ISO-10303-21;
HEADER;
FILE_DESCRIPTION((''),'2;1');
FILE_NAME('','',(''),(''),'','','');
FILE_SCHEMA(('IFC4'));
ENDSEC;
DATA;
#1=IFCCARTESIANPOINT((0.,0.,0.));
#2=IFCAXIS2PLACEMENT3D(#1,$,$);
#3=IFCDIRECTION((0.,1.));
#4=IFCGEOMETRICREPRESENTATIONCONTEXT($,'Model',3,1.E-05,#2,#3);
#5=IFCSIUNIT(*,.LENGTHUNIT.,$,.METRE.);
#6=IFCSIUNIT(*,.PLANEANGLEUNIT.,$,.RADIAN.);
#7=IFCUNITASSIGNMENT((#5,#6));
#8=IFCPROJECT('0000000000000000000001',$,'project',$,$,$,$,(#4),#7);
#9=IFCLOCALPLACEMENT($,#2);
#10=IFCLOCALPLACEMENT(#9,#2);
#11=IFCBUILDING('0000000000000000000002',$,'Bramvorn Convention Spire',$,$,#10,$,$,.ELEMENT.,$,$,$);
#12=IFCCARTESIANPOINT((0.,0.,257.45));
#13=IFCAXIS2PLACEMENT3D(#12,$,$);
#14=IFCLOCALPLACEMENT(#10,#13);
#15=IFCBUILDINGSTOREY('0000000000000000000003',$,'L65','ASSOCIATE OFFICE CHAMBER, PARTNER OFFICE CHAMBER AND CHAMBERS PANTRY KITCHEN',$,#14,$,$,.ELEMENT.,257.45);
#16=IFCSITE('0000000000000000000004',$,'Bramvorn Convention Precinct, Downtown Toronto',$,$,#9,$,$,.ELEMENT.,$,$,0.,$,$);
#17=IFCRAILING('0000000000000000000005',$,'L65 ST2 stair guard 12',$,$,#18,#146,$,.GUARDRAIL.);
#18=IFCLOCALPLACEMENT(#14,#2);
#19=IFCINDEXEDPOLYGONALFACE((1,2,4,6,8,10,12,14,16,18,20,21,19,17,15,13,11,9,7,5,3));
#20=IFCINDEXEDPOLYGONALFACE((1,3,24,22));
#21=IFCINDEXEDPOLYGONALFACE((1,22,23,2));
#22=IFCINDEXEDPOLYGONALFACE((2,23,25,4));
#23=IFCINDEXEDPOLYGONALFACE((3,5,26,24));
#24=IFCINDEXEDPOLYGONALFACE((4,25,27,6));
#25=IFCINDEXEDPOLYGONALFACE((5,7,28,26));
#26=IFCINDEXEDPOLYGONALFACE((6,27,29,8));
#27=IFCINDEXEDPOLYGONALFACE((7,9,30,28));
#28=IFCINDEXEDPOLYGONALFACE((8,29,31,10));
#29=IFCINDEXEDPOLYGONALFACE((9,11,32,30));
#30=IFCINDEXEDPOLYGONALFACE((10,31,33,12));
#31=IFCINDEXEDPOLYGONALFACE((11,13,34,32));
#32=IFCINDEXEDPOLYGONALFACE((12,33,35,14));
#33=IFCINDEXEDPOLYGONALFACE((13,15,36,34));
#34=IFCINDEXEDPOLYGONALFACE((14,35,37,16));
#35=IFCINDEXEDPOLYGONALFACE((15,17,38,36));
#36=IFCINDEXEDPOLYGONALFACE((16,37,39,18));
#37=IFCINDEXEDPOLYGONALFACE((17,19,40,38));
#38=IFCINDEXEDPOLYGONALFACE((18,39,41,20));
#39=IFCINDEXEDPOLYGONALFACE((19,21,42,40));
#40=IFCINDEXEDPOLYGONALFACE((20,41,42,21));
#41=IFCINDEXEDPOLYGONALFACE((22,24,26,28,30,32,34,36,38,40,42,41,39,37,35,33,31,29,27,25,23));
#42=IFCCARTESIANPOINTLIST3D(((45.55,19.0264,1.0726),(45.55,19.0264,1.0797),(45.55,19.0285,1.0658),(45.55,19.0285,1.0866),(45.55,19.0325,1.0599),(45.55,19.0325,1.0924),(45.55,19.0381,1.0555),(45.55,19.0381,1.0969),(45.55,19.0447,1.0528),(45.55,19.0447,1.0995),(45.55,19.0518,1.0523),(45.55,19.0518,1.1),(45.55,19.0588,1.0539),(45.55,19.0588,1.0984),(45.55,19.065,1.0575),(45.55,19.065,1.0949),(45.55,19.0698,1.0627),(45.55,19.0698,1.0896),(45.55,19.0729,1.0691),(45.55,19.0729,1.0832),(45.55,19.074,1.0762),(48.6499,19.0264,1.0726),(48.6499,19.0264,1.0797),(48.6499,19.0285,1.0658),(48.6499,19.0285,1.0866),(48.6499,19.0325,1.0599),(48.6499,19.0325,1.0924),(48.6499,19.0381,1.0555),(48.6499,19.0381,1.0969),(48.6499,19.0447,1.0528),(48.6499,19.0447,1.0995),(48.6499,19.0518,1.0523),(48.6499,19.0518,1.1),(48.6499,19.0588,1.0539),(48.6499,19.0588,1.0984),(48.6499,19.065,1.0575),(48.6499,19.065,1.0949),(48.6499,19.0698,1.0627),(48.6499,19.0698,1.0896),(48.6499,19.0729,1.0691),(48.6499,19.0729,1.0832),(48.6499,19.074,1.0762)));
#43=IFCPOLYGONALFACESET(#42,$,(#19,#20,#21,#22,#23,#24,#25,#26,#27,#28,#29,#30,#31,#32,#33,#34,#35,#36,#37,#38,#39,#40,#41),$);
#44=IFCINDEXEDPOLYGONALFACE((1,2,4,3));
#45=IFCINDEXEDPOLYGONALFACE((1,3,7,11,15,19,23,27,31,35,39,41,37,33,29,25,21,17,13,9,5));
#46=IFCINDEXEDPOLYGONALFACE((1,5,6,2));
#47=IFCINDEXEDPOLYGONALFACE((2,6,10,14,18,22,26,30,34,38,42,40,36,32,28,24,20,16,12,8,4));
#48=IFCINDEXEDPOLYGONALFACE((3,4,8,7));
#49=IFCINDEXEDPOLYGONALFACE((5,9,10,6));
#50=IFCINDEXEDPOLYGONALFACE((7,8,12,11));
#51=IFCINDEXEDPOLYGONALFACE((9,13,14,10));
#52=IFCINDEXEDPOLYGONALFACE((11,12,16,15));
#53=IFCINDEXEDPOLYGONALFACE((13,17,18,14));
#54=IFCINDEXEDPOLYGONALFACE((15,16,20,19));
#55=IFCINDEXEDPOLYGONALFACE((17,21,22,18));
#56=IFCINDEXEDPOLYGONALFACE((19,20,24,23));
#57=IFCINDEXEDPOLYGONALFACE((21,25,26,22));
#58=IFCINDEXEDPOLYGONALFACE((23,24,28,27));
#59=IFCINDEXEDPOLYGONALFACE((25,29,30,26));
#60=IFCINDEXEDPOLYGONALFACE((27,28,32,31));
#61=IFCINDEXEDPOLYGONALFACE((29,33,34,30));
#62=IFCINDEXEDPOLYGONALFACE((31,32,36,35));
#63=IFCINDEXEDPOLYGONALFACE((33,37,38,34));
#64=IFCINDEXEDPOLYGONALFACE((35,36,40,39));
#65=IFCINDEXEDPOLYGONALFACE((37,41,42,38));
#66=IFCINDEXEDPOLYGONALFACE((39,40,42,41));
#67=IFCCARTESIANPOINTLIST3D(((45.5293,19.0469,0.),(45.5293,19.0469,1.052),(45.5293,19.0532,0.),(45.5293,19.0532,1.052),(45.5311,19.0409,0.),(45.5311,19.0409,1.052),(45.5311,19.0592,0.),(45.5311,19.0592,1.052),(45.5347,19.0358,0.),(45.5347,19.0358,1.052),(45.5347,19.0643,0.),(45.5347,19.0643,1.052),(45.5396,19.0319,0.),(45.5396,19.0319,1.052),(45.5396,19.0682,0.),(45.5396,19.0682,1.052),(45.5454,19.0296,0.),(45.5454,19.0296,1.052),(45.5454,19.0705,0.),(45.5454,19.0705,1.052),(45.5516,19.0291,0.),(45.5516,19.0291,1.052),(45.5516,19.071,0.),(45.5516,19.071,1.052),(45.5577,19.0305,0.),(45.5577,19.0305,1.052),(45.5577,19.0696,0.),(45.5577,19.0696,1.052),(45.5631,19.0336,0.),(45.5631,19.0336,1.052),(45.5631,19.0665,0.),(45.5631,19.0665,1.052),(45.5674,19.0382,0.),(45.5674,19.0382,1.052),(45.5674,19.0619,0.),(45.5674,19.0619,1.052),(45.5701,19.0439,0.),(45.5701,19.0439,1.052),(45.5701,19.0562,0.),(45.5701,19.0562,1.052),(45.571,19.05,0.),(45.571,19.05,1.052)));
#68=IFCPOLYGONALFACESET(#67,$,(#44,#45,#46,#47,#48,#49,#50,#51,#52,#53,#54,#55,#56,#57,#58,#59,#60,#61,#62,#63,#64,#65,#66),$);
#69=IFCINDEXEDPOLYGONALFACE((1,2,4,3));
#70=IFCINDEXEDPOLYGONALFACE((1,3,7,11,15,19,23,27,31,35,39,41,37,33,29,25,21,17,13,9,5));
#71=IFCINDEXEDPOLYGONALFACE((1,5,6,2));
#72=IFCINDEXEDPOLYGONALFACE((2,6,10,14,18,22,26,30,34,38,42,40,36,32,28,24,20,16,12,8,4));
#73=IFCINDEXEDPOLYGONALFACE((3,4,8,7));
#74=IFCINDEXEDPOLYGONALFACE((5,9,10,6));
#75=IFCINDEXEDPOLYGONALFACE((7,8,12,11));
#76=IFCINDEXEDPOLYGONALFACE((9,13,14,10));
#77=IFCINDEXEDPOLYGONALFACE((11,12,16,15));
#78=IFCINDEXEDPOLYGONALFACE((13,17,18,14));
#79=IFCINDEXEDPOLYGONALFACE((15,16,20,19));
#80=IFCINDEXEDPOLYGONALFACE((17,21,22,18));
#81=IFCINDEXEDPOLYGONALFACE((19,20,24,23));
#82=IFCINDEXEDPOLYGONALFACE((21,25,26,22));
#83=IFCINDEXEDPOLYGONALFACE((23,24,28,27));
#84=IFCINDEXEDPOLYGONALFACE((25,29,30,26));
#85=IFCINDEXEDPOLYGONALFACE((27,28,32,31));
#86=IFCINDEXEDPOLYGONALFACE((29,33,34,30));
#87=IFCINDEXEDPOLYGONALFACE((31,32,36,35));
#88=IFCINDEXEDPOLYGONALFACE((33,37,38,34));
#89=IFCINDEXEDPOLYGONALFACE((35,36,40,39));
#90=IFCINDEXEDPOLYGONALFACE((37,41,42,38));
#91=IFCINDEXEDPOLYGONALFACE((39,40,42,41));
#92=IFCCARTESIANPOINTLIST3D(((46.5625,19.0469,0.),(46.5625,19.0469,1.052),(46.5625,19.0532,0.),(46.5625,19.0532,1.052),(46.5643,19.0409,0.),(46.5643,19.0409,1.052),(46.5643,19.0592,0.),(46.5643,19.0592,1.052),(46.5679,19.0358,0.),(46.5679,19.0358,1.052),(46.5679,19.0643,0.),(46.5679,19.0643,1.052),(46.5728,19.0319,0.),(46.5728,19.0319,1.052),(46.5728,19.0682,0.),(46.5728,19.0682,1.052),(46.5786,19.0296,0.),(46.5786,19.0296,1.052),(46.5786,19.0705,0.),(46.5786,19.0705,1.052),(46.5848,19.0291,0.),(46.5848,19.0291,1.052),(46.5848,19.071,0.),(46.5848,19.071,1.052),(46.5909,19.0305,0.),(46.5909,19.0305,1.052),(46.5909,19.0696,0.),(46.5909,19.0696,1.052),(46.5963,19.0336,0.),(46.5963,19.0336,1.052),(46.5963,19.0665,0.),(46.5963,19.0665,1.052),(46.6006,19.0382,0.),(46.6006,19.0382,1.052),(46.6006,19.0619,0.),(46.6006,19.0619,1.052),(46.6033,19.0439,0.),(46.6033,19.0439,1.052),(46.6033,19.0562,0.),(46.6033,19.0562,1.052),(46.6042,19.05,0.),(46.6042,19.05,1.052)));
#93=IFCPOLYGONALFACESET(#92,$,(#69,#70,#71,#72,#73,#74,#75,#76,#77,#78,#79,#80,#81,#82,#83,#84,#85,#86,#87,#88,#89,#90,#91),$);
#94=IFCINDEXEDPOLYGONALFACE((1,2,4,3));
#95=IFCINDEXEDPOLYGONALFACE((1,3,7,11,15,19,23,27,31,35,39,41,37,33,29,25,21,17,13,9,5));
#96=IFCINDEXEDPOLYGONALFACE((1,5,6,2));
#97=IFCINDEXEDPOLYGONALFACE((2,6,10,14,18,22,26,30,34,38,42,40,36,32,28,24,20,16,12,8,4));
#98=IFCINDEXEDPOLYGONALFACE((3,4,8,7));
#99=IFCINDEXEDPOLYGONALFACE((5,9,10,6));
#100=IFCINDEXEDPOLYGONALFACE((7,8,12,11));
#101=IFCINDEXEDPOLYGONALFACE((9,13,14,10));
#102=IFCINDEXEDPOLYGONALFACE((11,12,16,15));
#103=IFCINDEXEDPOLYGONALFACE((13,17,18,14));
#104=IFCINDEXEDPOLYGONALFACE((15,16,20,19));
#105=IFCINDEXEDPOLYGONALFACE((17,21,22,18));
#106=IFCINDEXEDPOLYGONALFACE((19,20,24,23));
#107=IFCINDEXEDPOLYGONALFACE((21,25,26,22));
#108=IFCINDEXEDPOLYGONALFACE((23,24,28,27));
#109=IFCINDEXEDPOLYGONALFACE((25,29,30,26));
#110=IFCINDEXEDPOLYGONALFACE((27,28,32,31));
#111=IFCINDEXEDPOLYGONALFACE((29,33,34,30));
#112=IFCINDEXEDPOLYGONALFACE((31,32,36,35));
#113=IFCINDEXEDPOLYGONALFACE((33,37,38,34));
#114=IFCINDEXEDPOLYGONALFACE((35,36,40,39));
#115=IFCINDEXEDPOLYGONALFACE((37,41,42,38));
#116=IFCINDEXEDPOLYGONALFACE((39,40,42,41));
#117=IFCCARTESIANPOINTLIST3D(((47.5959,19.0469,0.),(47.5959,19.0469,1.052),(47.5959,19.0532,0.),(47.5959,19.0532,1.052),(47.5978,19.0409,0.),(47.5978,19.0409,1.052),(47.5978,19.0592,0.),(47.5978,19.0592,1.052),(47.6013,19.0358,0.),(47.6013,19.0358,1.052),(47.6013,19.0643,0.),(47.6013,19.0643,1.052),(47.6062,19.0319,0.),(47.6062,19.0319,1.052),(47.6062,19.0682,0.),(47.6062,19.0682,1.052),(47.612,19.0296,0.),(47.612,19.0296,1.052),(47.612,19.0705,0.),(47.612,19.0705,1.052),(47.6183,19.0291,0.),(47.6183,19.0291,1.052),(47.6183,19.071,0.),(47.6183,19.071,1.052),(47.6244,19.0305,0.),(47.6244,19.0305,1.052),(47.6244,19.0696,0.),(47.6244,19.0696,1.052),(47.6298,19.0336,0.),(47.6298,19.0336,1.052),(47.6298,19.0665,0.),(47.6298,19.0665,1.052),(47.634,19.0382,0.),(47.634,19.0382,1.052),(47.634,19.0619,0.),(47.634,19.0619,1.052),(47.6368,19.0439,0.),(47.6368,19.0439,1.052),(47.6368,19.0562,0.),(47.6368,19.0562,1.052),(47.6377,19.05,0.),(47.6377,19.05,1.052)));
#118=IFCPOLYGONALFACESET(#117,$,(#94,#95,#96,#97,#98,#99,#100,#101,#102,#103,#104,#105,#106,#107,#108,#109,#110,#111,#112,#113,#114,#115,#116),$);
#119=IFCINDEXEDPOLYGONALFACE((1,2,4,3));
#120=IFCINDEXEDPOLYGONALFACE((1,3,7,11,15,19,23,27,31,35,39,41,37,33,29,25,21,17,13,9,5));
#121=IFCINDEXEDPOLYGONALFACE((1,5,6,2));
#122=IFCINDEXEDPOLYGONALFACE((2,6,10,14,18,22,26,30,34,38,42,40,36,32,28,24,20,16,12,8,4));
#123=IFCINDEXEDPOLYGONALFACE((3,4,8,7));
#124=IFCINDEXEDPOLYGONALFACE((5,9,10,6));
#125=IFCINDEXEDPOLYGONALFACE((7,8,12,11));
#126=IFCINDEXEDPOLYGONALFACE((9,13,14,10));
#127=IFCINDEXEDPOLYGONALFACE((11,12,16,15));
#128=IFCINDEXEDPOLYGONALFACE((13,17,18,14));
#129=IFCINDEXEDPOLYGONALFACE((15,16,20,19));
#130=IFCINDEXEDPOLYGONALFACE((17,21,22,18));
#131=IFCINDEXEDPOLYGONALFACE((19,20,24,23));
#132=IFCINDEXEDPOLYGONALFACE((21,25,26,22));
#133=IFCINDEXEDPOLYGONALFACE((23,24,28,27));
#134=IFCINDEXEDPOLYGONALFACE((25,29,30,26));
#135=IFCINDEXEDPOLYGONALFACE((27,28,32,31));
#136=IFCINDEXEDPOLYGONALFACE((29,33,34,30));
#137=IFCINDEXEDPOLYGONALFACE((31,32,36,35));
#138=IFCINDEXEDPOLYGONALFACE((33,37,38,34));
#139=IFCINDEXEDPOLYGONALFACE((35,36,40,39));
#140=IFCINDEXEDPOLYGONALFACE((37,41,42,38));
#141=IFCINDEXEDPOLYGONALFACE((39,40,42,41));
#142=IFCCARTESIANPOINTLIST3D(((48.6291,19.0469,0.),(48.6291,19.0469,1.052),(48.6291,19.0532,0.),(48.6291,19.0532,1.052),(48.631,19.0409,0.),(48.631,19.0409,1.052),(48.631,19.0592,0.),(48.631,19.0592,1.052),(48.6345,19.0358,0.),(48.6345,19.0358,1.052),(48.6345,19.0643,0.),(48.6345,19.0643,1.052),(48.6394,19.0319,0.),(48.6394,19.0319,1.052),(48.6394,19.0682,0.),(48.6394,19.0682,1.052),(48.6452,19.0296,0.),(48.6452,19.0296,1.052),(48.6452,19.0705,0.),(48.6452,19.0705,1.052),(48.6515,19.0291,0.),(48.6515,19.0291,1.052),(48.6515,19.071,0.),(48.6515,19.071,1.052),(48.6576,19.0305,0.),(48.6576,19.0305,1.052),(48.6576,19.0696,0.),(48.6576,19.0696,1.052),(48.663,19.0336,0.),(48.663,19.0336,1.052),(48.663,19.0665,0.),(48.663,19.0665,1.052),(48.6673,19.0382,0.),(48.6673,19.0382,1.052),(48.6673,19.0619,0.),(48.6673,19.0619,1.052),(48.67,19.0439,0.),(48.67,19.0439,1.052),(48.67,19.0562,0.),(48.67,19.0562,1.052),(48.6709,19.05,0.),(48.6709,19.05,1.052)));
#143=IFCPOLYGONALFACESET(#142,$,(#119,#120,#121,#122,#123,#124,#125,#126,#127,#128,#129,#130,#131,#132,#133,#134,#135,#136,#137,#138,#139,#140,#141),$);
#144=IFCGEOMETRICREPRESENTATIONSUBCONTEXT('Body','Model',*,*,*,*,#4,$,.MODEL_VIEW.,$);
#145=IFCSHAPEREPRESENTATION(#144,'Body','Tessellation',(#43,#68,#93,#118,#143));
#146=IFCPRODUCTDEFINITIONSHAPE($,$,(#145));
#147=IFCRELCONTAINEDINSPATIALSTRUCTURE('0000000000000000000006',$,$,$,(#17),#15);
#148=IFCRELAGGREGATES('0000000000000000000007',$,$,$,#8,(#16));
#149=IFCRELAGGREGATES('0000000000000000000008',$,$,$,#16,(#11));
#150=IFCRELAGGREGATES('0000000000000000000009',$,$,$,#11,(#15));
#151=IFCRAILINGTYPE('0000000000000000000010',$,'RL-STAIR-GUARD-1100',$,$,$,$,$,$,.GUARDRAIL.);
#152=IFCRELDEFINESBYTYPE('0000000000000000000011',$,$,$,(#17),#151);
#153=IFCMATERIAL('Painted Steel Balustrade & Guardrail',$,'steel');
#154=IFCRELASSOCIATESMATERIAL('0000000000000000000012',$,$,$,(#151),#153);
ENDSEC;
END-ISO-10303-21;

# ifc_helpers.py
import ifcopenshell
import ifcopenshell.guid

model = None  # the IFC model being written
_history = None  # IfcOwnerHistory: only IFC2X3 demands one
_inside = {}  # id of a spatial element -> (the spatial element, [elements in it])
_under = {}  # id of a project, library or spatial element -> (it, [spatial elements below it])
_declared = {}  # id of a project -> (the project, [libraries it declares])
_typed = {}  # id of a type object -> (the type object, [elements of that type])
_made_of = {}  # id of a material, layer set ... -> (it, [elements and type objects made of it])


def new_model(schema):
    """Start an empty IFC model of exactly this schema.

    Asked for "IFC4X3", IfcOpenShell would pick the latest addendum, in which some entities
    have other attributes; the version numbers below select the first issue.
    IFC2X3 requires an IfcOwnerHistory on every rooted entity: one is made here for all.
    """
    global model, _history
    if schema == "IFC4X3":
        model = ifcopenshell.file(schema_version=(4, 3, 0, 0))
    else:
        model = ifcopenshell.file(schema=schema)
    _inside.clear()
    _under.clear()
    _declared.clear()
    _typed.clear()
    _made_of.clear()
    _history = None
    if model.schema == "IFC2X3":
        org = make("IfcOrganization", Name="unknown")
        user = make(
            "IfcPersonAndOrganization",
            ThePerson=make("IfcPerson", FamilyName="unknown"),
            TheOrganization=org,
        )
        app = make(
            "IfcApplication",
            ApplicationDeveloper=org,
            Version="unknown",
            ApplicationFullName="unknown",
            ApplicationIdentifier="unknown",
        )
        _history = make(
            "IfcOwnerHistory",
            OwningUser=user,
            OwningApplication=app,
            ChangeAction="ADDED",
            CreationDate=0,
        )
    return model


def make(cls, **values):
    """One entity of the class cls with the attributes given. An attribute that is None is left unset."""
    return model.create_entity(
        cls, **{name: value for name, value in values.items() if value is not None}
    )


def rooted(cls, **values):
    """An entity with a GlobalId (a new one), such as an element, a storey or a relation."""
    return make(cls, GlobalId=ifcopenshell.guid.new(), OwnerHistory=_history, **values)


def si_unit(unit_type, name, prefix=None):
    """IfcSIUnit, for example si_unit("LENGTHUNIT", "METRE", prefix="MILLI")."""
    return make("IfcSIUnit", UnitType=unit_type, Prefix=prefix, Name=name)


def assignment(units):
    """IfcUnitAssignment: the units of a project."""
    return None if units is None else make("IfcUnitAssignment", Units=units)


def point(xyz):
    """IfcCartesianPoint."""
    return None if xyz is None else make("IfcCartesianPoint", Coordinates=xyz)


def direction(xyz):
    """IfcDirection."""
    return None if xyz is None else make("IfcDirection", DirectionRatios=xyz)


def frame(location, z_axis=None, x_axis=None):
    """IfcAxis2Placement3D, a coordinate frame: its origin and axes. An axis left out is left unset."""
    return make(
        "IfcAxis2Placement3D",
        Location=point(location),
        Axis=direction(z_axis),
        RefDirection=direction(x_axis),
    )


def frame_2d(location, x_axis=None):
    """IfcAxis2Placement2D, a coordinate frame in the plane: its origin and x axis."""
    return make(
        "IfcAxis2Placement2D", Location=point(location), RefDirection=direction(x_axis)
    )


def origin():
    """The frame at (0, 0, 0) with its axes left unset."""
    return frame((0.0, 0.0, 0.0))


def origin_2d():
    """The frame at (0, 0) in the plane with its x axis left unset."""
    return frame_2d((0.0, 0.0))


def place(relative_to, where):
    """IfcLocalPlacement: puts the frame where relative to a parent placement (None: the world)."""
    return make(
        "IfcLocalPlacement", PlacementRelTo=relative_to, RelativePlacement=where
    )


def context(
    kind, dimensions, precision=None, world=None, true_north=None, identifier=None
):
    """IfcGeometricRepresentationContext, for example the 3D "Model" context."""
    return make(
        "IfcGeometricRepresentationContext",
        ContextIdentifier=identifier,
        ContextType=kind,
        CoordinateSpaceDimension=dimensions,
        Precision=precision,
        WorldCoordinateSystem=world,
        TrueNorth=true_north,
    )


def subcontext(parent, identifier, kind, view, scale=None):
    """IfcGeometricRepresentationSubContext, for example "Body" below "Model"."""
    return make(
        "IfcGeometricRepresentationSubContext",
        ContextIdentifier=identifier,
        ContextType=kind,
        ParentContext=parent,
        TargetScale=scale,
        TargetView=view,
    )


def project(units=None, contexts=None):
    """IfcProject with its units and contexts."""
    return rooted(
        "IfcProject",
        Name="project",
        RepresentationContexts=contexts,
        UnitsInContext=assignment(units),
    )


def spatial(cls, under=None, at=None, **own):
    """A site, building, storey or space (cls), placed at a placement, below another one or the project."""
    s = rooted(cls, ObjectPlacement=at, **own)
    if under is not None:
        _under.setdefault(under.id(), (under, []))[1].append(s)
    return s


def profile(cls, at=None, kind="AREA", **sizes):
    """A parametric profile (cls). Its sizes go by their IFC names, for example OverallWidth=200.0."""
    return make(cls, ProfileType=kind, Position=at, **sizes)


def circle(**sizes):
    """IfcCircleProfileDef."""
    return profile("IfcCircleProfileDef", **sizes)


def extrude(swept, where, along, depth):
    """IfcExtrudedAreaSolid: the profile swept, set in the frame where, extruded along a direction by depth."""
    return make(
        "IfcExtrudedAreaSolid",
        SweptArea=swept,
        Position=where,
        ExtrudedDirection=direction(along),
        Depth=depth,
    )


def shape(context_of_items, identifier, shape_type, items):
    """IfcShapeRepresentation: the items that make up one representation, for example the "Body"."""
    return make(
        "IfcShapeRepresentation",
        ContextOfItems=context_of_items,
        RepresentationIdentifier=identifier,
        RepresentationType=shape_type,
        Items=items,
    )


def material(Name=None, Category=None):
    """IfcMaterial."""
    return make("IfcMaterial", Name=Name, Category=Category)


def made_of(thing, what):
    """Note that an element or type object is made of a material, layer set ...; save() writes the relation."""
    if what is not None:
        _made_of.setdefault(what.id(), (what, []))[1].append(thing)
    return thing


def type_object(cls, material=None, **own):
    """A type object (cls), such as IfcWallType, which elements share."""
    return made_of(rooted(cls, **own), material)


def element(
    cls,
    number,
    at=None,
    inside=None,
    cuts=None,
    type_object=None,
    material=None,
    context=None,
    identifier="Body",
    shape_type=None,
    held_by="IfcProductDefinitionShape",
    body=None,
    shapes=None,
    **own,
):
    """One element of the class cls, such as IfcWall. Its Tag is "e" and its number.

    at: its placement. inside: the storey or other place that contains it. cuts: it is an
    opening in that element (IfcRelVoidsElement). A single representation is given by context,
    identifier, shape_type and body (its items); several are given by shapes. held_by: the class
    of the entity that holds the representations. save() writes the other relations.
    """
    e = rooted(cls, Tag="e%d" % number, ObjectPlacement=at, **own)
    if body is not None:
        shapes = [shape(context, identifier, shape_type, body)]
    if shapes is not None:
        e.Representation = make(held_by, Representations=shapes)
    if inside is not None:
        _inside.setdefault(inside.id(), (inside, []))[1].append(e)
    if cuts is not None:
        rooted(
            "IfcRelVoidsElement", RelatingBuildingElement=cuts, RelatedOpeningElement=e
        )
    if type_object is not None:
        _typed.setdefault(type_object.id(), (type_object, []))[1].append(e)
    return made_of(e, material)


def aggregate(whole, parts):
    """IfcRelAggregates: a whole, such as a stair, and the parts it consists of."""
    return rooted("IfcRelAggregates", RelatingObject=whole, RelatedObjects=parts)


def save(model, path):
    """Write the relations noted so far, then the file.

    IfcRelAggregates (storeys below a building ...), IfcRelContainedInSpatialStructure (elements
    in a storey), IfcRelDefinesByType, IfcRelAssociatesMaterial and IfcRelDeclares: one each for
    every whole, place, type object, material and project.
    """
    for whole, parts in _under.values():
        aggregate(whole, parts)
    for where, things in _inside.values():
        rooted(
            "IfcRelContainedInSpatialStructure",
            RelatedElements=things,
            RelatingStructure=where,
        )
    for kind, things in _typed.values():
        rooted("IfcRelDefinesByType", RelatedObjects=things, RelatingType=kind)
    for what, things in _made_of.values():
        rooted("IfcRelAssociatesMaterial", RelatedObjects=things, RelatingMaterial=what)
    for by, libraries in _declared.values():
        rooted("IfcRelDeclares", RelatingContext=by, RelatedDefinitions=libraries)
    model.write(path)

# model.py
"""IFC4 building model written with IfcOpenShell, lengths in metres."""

from ifc_helpers import new_model, si_unit, direction, frame, origin, origin_2d, place, context, subcontext, project, spatial, circle, extrude, material, type_object, element, save


model = new_model("IFC4")

# Units and contexts
model_context = context("Model", 3, precision=1e-05, world=origin(), true_north=direction((0.0, 1.0)))
body_context = subcontext(model_context, "Body", "Model", "MODEL_VIEW")
ifc_project = project(units=[si_unit("LENGTHUNIT", "METRE"), si_unit("PLANEANGLEUNIT", "RADIAN")], contexts=[model_context])

# Site, building, storey
site_placement = place(None, origin())
site = spatial("IfcSite", under=ifc_project, at=site_placement, Name="Bramvorn Convention Precinct, Downtown Toronto", CompositionType="ELEMENT", RefElevation=0.0)
building_placement = place(site_placement, origin())
building = spatial("IfcBuilding", under=site, at=building_placement, Name="Bramvorn Convention Spire", CompositionType="ELEMENT")
storey_placement = place(building_placement, frame((0.0, 0.0, 257.45)))
storey = spatial("IfcBuildingStorey", under=building, at=storey_placement, Name="L65", Description="ASSOCIATE OFFICE CHAMBER, PARTNER OFFICE CHAMBER AND CHAMBERS PANTRY KITCHEN", CompositionType="ELEMENT", Elevation=257.45)

# Railing
ifc_material_1 = material(Name="Painted Steel Balustrade & Guardrail", Category="steel")
railing_type_1 = type_object("IfcRailingType", Name="RL-STAIR-GUARD-1100", PredefinedType="GUARDRAIL", material=ifc_material_1)
railing_1_placement = place(storey_placement, frame((45.55, 19.05, 0.0)))
element("IfcRailing", 1, at=railing_1_placement, inside=storey, type_object=railing_type_1, Name="L65 ST2 stair guard 12", PredefinedType="GUARDRAIL", context=body_context, shape_type="SweptSolid", body=[
    extrude(circle(Radius=0.0239, at=origin_2d()), frame((0.0, 0.0, 1.0762), z_axis=(1.0, 0.0, 0.0), x_axis=(0.0, 1.0, 0.0)), (0.0, 0.0, 1.0), 3.0999),
    extrude(circle(Radius=0.021, at=origin_2d()), origin(), (0.0, 0.0, 1.0), 1.052),
    extrude(circle(Radius=0.021, at=origin_2d()), frame((1.0332, 0.0, 0.0)), (0.0, 0.0, 1.0), 1.052),
    extrude(circle(Radius=0.021, at=origin_2d()), frame((2.0667, 0.0, 0.0)), (0.0, 0.0, 1.0), 1.052),
    extrude(circle(Radius=0.021, at=origin_2d()), frame((3.0999, 0.0, 0.0)), (0.0, 0.0, 1.0), 1.052),
])

save(model, "model.ifc")
